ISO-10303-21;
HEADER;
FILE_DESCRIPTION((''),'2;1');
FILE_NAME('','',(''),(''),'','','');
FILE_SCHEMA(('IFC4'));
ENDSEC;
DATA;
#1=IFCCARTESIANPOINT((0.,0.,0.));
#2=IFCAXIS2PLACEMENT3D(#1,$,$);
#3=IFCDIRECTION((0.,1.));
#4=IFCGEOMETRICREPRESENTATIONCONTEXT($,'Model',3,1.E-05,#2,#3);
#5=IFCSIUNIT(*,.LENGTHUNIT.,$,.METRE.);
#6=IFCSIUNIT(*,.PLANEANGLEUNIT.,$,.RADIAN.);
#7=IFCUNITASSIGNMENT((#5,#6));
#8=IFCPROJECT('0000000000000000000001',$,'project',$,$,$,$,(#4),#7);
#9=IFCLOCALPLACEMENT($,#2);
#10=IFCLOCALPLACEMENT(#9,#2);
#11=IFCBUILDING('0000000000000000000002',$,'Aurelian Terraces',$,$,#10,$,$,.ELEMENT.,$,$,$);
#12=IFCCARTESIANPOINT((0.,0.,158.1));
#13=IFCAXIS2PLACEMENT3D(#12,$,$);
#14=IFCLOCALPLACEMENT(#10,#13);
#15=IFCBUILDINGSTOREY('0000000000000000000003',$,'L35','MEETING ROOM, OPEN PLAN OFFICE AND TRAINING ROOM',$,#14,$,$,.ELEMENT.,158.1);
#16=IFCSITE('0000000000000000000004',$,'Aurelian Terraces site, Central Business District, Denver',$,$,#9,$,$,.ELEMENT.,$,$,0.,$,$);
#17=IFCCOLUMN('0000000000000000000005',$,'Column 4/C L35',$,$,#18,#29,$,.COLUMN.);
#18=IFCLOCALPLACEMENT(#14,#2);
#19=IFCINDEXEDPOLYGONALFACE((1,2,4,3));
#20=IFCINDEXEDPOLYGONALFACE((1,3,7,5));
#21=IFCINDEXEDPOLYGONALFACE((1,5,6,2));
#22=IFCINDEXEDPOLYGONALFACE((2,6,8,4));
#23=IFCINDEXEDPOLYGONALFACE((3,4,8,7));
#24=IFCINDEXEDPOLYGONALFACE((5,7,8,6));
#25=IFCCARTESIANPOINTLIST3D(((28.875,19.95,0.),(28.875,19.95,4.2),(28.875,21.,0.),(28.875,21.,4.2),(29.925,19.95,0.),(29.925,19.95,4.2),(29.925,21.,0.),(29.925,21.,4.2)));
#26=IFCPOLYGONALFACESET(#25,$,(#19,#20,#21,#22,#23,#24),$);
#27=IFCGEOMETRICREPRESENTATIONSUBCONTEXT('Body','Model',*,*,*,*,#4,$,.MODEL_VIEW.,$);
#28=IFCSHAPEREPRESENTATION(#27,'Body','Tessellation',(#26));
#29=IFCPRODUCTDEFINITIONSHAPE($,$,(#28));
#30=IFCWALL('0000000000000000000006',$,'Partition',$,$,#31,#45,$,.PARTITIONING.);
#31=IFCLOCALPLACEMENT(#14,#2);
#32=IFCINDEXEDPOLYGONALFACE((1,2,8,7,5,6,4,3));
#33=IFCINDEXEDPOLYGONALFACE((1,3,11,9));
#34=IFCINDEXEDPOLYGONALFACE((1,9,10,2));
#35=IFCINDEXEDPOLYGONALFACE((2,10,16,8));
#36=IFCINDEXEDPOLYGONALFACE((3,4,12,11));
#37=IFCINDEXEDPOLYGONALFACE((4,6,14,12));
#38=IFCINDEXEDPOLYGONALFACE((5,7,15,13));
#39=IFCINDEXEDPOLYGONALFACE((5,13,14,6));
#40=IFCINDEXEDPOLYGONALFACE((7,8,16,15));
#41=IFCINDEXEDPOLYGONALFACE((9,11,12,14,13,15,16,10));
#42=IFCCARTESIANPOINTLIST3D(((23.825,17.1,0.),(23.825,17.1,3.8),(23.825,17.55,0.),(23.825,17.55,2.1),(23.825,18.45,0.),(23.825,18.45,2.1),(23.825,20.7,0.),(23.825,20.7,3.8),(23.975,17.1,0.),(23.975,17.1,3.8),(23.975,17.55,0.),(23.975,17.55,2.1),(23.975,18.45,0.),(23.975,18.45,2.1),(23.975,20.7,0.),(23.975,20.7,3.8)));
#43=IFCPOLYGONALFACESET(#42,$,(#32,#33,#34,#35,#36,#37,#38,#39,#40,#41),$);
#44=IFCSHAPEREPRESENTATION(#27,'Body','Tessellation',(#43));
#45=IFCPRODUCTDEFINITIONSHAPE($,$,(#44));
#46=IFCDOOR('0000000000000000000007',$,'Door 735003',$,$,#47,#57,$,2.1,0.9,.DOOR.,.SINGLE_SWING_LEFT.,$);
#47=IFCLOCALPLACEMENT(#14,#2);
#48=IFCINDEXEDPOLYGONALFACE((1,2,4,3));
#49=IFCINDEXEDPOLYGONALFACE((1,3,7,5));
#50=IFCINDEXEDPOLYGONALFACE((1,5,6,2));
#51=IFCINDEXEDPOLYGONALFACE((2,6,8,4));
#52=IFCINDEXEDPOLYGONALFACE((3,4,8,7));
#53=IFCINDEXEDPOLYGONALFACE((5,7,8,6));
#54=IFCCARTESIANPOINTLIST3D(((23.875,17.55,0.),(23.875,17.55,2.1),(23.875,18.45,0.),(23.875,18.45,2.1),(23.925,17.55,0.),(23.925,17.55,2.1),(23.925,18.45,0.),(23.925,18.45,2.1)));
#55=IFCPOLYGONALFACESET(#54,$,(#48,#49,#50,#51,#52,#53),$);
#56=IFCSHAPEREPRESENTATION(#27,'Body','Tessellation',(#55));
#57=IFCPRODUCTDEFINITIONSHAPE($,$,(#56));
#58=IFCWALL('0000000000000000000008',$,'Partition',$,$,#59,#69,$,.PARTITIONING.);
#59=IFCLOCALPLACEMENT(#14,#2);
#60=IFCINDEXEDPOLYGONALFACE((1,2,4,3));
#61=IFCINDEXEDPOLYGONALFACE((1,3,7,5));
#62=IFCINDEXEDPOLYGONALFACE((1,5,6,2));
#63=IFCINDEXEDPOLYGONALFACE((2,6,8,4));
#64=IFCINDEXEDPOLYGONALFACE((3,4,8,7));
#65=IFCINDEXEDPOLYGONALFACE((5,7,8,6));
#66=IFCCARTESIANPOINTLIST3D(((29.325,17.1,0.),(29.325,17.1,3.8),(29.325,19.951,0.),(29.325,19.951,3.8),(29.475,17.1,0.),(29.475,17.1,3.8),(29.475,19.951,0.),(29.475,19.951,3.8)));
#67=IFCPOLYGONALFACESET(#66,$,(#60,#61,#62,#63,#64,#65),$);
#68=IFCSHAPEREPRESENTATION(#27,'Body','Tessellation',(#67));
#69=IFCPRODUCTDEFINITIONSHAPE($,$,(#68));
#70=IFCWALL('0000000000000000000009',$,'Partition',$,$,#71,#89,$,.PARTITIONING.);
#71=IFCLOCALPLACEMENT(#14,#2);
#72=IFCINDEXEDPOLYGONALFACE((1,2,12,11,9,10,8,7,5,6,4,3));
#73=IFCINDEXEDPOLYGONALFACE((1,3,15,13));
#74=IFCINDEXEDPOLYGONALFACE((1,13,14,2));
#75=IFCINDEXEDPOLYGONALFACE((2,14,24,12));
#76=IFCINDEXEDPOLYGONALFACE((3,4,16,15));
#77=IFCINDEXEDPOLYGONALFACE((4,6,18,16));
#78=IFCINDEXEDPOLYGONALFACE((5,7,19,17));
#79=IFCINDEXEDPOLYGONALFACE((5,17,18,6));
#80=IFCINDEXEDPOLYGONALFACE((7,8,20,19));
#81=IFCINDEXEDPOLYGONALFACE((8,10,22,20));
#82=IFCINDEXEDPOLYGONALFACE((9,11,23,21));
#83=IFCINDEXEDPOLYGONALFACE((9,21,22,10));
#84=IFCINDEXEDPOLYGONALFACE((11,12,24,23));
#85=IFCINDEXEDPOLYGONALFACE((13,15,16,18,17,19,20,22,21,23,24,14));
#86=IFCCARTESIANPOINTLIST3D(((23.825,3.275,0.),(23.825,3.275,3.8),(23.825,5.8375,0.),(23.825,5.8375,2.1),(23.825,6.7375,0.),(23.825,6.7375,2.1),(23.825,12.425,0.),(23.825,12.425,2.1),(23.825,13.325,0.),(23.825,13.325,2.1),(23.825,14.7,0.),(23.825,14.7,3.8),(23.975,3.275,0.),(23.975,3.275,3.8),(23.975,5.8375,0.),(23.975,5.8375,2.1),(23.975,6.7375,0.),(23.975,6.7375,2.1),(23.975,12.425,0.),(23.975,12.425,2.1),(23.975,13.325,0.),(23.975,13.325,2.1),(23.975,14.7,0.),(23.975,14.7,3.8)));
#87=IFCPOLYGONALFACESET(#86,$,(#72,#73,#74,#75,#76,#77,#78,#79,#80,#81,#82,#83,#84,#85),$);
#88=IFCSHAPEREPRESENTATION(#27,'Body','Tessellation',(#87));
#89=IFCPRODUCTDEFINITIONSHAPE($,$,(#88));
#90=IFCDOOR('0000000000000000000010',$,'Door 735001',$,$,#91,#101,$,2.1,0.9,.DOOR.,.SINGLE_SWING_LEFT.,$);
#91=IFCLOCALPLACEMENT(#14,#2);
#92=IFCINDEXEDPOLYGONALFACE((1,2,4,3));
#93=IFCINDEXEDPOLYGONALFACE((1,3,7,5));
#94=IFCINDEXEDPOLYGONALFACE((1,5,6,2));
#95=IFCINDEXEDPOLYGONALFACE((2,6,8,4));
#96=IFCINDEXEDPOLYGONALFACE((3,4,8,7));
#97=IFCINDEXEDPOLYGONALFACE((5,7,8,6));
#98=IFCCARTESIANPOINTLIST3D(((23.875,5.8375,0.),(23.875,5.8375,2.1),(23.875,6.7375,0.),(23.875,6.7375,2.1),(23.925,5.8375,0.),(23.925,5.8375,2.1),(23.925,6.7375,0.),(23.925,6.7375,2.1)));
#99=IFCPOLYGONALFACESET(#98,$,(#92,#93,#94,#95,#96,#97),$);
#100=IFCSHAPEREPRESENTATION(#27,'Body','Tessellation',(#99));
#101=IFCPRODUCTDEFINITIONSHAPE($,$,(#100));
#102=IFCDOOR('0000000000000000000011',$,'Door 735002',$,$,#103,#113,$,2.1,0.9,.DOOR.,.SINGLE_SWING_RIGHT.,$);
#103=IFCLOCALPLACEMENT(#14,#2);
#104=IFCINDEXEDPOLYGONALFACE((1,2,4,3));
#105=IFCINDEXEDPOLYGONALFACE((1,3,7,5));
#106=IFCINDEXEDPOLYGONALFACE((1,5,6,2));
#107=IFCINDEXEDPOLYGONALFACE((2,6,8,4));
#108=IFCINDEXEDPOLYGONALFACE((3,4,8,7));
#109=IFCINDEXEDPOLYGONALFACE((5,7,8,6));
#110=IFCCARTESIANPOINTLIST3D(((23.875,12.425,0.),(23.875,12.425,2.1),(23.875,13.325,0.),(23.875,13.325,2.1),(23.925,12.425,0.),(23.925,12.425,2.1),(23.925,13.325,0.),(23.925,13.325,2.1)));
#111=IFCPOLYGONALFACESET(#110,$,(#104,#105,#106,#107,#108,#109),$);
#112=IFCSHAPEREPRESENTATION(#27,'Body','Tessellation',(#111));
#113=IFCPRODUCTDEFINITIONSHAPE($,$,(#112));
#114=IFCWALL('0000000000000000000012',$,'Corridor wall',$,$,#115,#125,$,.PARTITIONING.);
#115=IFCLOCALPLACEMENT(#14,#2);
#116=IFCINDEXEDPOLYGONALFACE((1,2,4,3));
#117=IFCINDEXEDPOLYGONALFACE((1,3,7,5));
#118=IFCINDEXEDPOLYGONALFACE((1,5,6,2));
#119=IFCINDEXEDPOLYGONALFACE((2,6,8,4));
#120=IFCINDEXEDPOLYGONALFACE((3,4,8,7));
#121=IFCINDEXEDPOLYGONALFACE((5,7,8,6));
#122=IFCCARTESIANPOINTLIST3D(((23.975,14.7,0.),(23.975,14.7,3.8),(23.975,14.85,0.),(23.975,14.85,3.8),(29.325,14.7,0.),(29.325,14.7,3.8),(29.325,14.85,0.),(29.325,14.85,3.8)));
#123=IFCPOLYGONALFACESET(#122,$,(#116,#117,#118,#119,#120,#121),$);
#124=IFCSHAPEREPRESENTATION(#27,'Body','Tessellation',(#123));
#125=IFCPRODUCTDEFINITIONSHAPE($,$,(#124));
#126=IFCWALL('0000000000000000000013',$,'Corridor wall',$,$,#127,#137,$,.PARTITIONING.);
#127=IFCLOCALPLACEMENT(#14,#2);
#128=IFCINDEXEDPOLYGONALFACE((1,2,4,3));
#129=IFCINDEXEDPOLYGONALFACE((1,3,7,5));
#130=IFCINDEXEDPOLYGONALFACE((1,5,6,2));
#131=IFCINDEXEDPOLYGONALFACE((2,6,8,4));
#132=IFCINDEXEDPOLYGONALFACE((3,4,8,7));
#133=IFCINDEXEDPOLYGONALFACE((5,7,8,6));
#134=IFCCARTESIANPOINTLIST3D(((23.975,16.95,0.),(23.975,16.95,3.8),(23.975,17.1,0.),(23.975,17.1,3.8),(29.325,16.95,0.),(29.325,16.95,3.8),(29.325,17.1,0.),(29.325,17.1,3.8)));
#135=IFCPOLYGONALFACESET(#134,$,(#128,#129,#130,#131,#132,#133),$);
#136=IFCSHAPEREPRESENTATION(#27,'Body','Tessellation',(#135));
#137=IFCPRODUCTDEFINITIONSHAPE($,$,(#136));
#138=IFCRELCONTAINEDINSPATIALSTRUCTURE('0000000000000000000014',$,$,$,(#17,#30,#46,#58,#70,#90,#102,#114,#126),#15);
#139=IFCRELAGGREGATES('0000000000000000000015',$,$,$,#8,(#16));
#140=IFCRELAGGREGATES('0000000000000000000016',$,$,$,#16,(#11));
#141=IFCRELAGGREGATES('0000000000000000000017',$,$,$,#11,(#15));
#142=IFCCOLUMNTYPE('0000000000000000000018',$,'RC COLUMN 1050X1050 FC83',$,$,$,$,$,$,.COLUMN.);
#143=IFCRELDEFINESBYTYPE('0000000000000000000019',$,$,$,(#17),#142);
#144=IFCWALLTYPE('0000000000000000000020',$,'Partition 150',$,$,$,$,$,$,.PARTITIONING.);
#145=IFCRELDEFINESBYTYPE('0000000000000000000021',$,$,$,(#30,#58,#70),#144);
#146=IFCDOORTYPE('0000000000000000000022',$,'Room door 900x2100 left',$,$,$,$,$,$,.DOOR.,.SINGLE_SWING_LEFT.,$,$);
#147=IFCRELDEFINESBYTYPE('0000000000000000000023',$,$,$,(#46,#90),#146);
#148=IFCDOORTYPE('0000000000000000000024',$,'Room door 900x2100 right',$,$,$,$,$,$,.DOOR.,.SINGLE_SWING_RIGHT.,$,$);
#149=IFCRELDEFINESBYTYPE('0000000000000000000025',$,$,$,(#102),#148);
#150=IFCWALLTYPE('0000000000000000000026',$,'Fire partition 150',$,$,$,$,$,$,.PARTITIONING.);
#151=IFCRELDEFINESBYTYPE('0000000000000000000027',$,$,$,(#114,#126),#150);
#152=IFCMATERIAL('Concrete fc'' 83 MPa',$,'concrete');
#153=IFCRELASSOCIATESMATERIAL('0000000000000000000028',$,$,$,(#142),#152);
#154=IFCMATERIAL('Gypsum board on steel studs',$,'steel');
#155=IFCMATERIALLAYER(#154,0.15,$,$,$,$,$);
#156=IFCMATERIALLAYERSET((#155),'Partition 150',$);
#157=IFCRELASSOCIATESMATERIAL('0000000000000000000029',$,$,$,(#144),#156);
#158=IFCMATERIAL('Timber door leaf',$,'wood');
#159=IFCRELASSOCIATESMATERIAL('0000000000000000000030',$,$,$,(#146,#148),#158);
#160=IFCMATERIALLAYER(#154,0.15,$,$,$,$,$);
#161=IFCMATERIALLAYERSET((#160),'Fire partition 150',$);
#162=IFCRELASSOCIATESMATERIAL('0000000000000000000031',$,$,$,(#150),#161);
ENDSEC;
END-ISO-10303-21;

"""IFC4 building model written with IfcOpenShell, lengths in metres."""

from ifc_helpers import new_model, si_unit, direction, frame, frame_2d, origin, origin_2d, place, context, subcontext, project, spatial, rectangle, extrude, source, transform, mapped, material, layer, layer_set, material_profile, profile_set, type_object, element, fill, save


model = new_model("IFC4")

# Units and contexts
model_context = context("Model", 3, precision=1e-05, world=origin(), true_north=direction((0.0, 1.0)))
body_context = subcontext(model_context, "Body", "Model", "MODEL_VIEW")
ifc_project = project(units=[si_unit("LENGTHUNIT", "METRE"), si_unit("PLANEANGLEUNIT", "RADIAN")], contexts=[model_context])

# Site, building, storey
site_placement = place(None, origin())
site = spatial("IfcSite", under=ifc_project, at=site_placement, Name="Aurelian Terraces site, Central Business District, Denver", CompositionType="ELEMENT", RefElevation=0.0)
building_placement = place(site_placement, origin())
building = spatial("IfcBuilding", under=site, at=building_placement, Name="Aurelian Terraces", CompositionType="ELEMENT")
storey_placement = place(building_placement, frame((0.0, 0.0, 158.1)))
storey = spatial("IfcBuildingStorey", under=building, at=storey_placement, Name="L35", Description="MEETING ROOM, OPEN PLAN OFFICE AND TRAINING ROOM", CompositionType="ELEMENT", Elevation=158.1)

# Column
ifc_material_1 = material(Name="Concrete fc' 83 MPa", Category="concrete")
ifc_material_profile = material_profile(ifc_material_1, rectangle(XDim=1.05, YDim=1.05, at=origin_2d()))
ifc_profile_set = profile_set([ifc_material_profile], Name="Concrete fc' 83 MPa")
column_type = type_object("IfcColumnType", Name="RC COLUMN 1050X1050 FC83", PredefinedType="COLUMN", material=ifc_profile_set)
shared_shape_1 = source(origin(), body_context, "Body", "SweptSolid", [
    extrude(rectangle(XDim=1.05, YDim=1.05, at=origin_2d()), origin(), (0.0, 0.0, 1.0), 4.2),
])
column_placement = place(storey_placement, frame((29.4, 20.475, 0.0), z_axis=(0.0, 0.0, 1.0), x_axis=(1.0, 0.0, 0.0)))
element("IfcColumn", 1, at=column_placement, inside=storey, type_object=column_type, Name="Column 4/C L35", PredefinedType="COLUMN", context=body_context, shape_type="MappedRepresentation", body=[
    mapped(shared_shape_1, transform((0.0, 0.0, 0.0), scale=1.0)),
])

# Wall, opening, door
ifc_material_2 = material(Name="Gypsum board on steel studs", Category="steel")
ifc_layer_1 = layer(ifc_material_2, 0.15)
ifc_layer_set_1 = layer_set([ifc_layer_1], Name="Partition 150")
wall_type_1 = type_object("IfcWallType", Name="Partition 150", PredefinedType="PARTITIONING", material=ifc_layer_set_1)
shared_shape_2 = source(origin(), body_context, "Body", "SweptSolid", [
    extrude(rectangle(XDim=3.6, YDim=0.15, at=frame_2d((1.8, 0.0))), origin(), (0.0, 0.0, 1.0), 3.8),
])
wall_1_placement = place(storey_placement, frame((23.9, 20.7, 0.0), z_axis=(0.0, 0.0, 1.0), x_axis=(0.0, -1.0, 0.0)))
wall_1 = element("IfcWall", 2, at=wall_1_placement, inside=storey, type_object=wall_type_1, Name="Partition", PredefinedType="PARTITIONING", context=body_context, shape_type="MappedRepresentation", body=[
    mapped(shared_shape_2, transform((0.0, 0.0, 0.0), scale=1.0)),
])
shared_shape_3 = source(origin(), body_context, "Body", "SweptSolid", [
    extrude(rectangle(XDim=0.9, YDim=2.1, at=frame_2d((0.45, 1.05))), frame((0.0, 0.085, 0.0), z_axis=(0.0, -1.0, 0.0), x_axis=(1.0, 0.0, 0.0)), (0.0, 0.0, 1.0), 0.17),
])
opening_1_placement = place(wall_1_placement, frame((2.25, 0.0, 0.0)))
opening_1 = element("IfcOpeningElement", 3, at=opening_1_placement, cuts=wall_1, PredefinedType="OPENING", context=body_context, shape_type="MappedRepresentation", body=[
    mapped(shared_shape_3, transform((0.0, 0.0, 0.0), scale=1.0)),
])
ifc_material_3 = material(Name="Timber door leaf", Category="wood")
door_type_1 = type_object("IfcDoorType", Name="Room door 900x2100 left", OperationType="SINGLE_SWING_LEFT", PredefinedType="DOOR", material=ifc_material_3)
shared_shape_4 = source(origin(), body_context, "Body", "SweptSolid", [
    extrude(rectangle(XDim=0.9, YDim=2.1, at=frame_2d((0.45, 1.05))), frame((0.0, 0.025, 0.0), z_axis=(0.0, -1.0, 0.0), x_axis=(1.0, 0.0, 0.0)), (0.0, 0.0, 1.0), 0.05),
])
door_1_placement = place(opening_1_placement, origin())
door_1 = element("IfcDoor", 4, at=door_1_placement, inside=storey, type_object=door_type_1, Name="Door 735003", OperationType="SINGLE_SWING_LEFT", OverallHeight=2.1, OverallWidth=0.9, PredefinedType="DOOR", context=body_context, shape_type="MappedRepresentation", body=[
    mapped(shared_shape_4, transform((0.0, 0.0, 0.0), scale=1.0)),
])
fill(opening_1, door_1)

# Shared definitions
ifc_layer_2 = layer(ifc_material_2, 0.15)
ifc_layer_set_2 = layer_set([ifc_layer_2], Name="Fire partition 150")
wall_type_2 = type_object("IfcWallType", Name="Fire partition 150", PredefinedType="PARTITIONING", material=ifc_layer_set_2)
door_type_2 = type_object("IfcDoorType", Name="Room door 900x2100 right", OperationType="SINGLE_SWING_RIGHT", PredefinedType="DOOR", material=ifc_material_3)

# Wall
shared_shape_5 = source(origin(), body_context, "Body", "SweptSolid", [
    extrude(rectangle(XDim=2.851, YDim=0.15, at=frame_2d((1.4255, 0.0))), origin(), (0.0, 0.0, 1.0), 3.8),
])
wall_2_placement = place(storey_placement, frame((29.4, 17.1, 0.0), z_axis=(0.0, 0.0, 1.0), x_axis=(0.0, 1.0, 0.0)))
element("IfcWall", 5, at=wall_2_placement, inside=storey, type_object=wall_type_1, Name="Partition", PredefinedType="PARTITIONING", context=body_context, shape_type="MappedRepresentation", body=[
    mapped(shared_shape_5, transform((0.0, 0.0, 0.0), scale=1.0)),
])

# Wall, openings, doors
shared_shape_6 = source(origin(), body_context, "Body", "SweptSolid", [
    extrude(rectangle(XDim=11.425, YDim=0.15, at=frame_2d((5.7125, 0.0))), origin(), (0.0, 0.0, 1.0), 3.8),
])
wall_3_placement = place(storey_placement, frame((23.9, 14.7, 0.0), z_axis=(0.0, 0.0, 1.0), x_axis=(0.0, -1.0, 0.0)))
wall_3 = element("IfcWall", 6, at=wall_3_placement, inside=storey, type_object=wall_type_1, Name="Partition", PredefinedType="PARTITIONING", context=body_context, shape_type="MappedRepresentation", body=[
    mapped(shared_shape_6, transform((0.0, 0.0, 0.0), scale=1.0)),
])
opening_2_placement = place(wall_3_placement, frame((7.9625, 0.0, 0.0)))
opening_2 = element("IfcOpeningElement", 7, at=opening_2_placement, cuts=wall_3, PredefinedType="OPENING", context=body_context, shape_type="MappedRepresentation", body=[
    mapped(shared_shape_3, transform((0.0, 0.0, 0.0), scale=1.0)),
])
opening_3_placement = place(wall_3_placement, frame((1.375, 0.0, 0.0)))
opening_3 = element("IfcOpeningElement", 8, at=opening_3_placement, cuts=wall_3, PredefinedType="OPENING", context=body_context, shape_type="MappedRepresentation", body=[
    mapped(shared_shape_3, transform((0.0, 0.0, 0.0), scale=1.0)),
])
door_2_placement = place(opening_2_placement, origin())
door_2 = element("IfcDoor", 9, at=door_2_placement, inside=storey, type_object=door_type_1, Name="Door 735001", OperationType="SINGLE_SWING_LEFT", OverallHeight=2.1, OverallWidth=0.9, PredefinedType="DOOR", context=body_context, shape_type="MappedRepresentation", body=[
    mapped(shared_shape_4, transform((0.0, 0.0, 0.0), scale=1.0)),
])
fill(opening_2, door_2)
door_3_placement = place(opening_3_placement, origin())
door_3 = element("IfcDoor", 10, at=door_3_placement, inside=storey, type_object=door_type_2, Name="Door 735002", OperationType="SINGLE_SWING_RIGHT", OverallHeight=2.1, OverallWidth=0.9, PredefinedType="DOOR", context=body_context, shape_type="MappedRepresentation", body=[
    mapped(shared_shape_4, transform((0.0, 0.0, 0.0), scale=1.0)),
])
fill(opening_3, door_3)

# Walls
shared_shape_7 = source(origin(), body_context, "Body", "SweptSolid", [
    extrude(rectangle(XDim=5.35, YDim=0.15, at=frame_2d((2.675, 0.0))), origin(), (0.0, 0.0, 1.0), 3.8),
])
for number, where, z_axis, x_axis, name in (
    (11, (29.325, 14.775, 0.0), (0.0, 0.0, 1.0), (-1.0, 0.0, 0.0), "Corridor wall"),
    (12, (23.975, 17.025, 0.0), (0.0, 0.0, 1.0), (1.0, 0.0, 0.0), "Corridor wall"),
):
    element("IfcWall", number, at=place(storey_placement, frame(where, z_axis=z_axis, x_axis=x_axis)), inside=storey, type_object=wall_type_2, Name=name, PredefinedType="PARTITIONING", context=body_context, shape_type="MappedRepresentation", body=[
        mapped(shared_shape_7, transform((0.0, 0.0, 0.0), scale=1.0)),
    ])

save(model, "model.ifc")
